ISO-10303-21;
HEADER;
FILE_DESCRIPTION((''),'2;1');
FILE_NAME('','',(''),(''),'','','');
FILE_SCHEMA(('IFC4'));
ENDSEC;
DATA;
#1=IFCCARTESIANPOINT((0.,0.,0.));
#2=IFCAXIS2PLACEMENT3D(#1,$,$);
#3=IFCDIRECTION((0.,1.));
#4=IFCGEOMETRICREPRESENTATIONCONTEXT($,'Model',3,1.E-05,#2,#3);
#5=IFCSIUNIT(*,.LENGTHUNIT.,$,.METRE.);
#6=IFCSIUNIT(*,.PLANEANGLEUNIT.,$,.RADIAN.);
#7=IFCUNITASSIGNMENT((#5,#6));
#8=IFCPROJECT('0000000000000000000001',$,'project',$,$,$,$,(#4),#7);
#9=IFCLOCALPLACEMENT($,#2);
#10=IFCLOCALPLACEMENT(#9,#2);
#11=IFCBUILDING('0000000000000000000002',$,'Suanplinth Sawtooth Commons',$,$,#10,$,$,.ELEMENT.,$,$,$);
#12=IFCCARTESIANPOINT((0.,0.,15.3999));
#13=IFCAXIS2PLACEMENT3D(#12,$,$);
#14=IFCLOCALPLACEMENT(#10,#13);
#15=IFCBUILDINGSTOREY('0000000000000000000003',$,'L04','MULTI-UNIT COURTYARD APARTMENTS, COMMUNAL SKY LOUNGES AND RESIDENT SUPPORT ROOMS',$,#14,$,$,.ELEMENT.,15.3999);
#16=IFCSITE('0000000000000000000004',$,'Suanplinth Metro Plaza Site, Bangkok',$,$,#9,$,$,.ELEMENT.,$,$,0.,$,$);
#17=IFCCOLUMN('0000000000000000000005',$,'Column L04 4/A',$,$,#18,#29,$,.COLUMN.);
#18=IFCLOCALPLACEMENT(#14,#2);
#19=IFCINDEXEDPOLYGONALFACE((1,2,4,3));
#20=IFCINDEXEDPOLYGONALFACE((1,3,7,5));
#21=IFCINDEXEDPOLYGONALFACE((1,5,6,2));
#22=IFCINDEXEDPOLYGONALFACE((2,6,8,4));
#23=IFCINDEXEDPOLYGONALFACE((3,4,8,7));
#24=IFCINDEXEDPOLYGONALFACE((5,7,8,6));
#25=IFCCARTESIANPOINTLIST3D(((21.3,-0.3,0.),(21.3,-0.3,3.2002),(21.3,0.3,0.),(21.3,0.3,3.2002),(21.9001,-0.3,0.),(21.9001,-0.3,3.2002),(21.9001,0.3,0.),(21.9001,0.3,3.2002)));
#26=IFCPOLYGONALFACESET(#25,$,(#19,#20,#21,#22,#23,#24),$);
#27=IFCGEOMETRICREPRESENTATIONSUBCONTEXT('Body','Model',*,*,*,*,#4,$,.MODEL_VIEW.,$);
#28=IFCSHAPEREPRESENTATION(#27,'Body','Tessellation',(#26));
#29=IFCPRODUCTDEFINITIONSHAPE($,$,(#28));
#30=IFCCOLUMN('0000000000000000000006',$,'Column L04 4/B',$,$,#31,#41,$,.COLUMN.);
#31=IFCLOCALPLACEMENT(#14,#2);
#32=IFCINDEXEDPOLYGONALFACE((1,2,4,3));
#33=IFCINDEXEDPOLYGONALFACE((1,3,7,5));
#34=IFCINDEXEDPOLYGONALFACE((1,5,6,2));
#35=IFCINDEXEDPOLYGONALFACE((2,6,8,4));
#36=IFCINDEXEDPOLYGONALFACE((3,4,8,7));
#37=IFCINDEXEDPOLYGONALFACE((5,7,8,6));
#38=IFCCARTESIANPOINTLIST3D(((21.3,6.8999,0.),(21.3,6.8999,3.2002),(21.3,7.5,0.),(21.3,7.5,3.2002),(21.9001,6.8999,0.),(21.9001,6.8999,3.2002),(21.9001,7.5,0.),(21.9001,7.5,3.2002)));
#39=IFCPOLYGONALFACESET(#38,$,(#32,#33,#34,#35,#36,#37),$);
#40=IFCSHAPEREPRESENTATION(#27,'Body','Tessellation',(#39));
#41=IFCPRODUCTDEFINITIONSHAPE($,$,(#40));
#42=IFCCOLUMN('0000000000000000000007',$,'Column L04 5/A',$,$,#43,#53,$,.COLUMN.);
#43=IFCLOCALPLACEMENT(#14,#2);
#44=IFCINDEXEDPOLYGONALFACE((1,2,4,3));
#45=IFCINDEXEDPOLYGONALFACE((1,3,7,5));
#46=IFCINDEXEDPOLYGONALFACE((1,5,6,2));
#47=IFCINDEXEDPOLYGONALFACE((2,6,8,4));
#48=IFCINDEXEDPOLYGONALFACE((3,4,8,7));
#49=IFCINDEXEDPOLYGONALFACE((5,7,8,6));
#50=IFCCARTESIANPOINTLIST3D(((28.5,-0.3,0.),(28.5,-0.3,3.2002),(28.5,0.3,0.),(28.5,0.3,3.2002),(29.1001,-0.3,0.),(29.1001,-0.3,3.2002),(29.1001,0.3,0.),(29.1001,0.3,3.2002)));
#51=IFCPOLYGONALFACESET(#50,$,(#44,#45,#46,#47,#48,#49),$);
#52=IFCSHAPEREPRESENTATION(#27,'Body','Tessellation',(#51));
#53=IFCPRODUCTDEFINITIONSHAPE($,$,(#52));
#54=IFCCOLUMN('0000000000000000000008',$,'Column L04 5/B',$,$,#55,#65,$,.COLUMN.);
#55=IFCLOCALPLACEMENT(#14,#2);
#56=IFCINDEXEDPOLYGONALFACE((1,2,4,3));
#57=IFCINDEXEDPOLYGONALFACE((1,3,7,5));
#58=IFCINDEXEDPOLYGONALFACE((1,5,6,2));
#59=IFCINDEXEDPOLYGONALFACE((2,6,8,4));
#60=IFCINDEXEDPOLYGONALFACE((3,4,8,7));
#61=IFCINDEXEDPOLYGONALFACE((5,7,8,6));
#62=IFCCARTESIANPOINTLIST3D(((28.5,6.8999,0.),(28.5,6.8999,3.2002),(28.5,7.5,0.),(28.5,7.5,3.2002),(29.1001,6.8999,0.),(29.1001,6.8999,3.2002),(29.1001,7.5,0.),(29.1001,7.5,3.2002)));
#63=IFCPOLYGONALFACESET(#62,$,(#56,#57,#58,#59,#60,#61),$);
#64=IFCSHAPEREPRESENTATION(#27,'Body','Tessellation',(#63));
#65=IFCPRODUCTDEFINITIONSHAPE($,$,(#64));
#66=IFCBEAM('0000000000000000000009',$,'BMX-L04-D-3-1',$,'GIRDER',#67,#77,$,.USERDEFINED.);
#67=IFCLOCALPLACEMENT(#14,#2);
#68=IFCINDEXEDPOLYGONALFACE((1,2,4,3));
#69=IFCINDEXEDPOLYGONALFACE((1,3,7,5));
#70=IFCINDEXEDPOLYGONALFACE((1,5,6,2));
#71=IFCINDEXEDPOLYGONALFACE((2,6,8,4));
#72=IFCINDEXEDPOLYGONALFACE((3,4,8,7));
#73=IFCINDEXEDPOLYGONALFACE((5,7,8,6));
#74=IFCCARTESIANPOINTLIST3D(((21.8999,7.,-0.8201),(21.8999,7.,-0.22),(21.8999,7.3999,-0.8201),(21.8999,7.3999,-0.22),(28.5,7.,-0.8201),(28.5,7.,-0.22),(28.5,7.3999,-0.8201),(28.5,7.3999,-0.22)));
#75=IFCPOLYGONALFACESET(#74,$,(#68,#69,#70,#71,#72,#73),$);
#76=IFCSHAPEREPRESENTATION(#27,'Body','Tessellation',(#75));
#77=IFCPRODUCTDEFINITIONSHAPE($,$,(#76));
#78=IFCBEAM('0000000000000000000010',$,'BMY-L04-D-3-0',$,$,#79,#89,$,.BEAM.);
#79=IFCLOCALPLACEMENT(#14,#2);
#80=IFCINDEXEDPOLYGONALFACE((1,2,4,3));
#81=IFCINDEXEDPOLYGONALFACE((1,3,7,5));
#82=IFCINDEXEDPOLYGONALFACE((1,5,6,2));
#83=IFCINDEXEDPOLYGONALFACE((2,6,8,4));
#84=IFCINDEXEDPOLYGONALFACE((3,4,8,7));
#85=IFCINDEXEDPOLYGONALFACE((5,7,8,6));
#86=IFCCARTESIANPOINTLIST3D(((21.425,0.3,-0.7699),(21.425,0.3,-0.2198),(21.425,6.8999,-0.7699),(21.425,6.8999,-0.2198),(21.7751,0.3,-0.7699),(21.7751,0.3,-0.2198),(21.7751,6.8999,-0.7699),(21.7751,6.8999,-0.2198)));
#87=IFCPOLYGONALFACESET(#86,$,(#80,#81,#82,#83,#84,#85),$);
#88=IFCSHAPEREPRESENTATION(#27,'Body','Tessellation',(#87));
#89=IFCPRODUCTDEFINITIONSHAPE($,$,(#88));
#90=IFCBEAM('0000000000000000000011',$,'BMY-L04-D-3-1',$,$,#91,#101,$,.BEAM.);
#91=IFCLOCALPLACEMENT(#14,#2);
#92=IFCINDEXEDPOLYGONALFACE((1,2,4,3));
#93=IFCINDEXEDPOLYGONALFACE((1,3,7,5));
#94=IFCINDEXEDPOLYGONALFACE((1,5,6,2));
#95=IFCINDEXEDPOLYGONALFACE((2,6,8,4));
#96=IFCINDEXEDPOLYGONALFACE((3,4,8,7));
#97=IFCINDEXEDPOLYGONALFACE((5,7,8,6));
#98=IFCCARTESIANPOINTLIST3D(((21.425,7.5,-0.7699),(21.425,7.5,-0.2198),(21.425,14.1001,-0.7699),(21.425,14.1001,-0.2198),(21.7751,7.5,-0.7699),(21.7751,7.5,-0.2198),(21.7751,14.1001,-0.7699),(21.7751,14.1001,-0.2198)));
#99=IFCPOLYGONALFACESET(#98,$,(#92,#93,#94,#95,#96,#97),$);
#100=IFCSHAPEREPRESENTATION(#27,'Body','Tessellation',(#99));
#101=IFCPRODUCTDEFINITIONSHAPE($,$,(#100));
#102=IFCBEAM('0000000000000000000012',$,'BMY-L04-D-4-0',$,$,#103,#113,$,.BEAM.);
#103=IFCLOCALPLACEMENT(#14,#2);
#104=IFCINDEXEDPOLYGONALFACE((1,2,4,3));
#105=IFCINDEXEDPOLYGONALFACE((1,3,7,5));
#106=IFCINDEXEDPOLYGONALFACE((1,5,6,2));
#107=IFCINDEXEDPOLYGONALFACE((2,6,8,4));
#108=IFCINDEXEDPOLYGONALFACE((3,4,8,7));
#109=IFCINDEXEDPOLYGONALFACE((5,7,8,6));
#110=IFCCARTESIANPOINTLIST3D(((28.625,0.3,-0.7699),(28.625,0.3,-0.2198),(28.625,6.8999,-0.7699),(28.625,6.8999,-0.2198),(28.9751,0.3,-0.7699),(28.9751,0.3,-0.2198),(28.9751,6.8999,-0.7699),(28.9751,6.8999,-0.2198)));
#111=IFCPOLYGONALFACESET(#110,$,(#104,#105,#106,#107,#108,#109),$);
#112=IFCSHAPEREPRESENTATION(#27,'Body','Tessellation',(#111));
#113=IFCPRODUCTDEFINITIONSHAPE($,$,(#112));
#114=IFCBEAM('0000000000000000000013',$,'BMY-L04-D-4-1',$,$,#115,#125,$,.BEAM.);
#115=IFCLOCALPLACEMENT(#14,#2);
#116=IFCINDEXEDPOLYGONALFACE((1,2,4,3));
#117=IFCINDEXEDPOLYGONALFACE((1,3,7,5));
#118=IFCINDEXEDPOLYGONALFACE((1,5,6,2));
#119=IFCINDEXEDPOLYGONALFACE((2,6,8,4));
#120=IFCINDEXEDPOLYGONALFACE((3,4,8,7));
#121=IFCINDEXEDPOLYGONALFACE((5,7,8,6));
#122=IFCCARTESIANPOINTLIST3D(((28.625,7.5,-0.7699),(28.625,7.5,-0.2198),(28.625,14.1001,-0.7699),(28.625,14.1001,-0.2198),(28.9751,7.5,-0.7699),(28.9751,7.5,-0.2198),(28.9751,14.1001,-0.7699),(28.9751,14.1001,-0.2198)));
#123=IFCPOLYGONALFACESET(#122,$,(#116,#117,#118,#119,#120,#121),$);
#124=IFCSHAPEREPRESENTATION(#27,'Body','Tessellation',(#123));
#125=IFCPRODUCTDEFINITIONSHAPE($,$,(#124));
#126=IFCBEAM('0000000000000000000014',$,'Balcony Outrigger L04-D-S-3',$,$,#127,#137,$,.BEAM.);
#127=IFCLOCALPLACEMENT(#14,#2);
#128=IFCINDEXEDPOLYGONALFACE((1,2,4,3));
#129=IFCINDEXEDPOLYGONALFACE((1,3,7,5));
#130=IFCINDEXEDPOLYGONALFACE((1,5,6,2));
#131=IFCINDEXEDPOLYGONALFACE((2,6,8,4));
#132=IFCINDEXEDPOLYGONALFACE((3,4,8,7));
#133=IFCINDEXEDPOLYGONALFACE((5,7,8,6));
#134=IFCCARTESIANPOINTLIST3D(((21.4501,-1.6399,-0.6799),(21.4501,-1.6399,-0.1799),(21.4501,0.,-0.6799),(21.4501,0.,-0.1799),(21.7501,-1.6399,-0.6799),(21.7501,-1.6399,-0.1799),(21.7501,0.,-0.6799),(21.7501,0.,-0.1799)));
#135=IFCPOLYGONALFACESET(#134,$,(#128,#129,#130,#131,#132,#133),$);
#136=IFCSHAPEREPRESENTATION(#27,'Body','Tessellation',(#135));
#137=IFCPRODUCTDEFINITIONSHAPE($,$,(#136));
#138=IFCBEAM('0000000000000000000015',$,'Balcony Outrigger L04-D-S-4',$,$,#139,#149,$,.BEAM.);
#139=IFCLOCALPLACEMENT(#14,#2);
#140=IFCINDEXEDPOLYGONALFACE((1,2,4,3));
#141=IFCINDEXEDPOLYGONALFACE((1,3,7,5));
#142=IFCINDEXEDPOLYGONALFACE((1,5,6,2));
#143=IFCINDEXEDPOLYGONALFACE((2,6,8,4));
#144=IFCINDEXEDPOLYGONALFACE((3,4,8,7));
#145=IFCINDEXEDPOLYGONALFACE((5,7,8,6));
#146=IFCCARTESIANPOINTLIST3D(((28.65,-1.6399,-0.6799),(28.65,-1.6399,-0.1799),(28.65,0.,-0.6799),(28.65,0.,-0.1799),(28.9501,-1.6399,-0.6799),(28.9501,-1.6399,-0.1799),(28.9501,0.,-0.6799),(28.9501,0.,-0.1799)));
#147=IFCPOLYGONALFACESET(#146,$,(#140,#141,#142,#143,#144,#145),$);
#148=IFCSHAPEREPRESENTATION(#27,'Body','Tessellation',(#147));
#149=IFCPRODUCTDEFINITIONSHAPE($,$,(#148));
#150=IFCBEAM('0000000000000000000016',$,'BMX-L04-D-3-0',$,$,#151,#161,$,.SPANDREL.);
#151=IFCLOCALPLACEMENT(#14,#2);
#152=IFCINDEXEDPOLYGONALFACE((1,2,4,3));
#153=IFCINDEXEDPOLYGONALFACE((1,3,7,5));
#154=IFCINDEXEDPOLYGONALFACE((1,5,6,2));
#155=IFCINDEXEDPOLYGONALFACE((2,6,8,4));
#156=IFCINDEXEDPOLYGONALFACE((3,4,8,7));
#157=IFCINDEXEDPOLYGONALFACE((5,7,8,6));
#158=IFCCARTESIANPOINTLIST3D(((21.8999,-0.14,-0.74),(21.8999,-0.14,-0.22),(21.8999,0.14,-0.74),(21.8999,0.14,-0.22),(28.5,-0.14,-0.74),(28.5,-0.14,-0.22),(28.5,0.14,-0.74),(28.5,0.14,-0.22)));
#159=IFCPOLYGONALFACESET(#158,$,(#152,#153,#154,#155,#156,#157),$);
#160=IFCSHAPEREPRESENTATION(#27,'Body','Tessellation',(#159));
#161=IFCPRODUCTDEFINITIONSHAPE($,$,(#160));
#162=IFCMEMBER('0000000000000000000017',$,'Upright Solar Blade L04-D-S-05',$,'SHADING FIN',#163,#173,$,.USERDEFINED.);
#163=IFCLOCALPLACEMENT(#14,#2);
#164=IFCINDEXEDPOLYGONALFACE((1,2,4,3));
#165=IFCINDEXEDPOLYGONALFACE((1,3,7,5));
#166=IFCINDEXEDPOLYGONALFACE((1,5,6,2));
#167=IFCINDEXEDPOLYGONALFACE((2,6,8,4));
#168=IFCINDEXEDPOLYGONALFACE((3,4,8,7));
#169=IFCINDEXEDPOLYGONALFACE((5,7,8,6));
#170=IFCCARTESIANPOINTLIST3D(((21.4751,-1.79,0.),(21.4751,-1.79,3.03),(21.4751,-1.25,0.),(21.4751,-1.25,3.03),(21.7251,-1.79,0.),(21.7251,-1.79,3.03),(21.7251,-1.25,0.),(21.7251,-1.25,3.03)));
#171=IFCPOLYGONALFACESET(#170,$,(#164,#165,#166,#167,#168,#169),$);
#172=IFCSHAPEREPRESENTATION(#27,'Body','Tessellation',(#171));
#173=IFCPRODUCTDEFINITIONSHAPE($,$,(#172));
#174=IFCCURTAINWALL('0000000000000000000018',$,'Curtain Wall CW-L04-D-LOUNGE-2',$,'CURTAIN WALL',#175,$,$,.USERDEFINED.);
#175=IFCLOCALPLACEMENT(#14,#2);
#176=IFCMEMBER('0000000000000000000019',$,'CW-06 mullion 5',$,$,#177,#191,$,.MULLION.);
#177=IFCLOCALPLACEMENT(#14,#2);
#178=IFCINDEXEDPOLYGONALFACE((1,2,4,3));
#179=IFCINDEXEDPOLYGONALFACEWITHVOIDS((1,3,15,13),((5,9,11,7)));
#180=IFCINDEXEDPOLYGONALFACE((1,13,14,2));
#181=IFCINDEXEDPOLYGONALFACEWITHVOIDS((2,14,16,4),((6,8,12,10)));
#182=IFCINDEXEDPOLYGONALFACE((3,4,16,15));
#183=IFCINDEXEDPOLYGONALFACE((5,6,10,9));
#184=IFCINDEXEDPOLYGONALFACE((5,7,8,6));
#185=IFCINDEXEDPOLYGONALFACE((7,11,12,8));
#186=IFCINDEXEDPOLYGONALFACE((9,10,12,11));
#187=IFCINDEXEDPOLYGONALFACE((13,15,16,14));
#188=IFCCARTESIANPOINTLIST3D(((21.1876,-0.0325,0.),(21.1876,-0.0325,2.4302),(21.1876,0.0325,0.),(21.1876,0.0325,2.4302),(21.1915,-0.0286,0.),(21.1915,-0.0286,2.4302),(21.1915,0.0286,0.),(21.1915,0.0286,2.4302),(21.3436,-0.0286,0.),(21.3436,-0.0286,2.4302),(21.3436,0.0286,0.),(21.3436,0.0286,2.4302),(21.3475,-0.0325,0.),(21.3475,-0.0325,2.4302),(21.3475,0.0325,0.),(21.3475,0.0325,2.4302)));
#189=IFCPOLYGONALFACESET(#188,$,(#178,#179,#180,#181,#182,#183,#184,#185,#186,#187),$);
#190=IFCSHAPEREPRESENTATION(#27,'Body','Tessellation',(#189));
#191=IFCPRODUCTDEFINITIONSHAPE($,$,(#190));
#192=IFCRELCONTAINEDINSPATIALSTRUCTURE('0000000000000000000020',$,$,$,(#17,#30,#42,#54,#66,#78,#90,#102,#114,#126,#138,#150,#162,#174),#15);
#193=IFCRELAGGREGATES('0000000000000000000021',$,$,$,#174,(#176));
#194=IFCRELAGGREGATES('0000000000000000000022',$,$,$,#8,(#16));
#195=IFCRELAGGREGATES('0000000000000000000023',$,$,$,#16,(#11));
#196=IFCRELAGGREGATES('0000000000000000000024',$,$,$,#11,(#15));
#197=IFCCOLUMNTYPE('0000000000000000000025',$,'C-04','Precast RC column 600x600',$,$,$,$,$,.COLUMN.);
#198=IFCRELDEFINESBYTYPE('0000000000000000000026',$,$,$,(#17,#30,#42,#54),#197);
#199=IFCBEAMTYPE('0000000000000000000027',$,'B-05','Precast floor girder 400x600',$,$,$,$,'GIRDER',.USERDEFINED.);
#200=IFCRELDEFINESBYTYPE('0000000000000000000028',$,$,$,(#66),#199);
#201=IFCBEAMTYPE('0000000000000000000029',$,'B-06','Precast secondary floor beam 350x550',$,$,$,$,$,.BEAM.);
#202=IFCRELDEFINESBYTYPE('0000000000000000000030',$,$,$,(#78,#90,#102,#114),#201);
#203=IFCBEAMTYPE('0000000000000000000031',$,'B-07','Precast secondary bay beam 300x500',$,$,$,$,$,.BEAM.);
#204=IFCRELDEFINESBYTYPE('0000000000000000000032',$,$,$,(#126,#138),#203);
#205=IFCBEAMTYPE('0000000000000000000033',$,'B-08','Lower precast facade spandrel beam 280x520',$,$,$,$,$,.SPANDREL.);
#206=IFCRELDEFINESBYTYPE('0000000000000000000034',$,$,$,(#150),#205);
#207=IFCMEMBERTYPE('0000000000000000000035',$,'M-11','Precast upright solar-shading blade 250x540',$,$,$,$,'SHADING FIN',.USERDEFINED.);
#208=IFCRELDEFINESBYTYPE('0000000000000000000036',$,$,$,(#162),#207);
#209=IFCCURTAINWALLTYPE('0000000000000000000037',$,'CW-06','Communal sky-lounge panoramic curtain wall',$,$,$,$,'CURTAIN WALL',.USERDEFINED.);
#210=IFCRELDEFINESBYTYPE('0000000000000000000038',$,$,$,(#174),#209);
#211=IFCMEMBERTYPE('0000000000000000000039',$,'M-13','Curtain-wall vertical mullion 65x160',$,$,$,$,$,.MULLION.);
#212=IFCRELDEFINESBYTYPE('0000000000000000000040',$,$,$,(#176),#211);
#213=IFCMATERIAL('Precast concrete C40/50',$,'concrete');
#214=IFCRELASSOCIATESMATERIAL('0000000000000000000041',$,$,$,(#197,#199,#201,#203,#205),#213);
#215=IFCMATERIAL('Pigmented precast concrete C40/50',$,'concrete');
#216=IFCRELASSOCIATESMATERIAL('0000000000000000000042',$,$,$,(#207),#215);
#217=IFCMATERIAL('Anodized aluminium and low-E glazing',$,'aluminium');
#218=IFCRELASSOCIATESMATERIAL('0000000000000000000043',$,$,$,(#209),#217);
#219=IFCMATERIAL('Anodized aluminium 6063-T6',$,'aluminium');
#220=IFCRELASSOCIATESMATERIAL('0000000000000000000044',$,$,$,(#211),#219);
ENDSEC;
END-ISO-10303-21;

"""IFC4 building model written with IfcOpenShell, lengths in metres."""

from ifc_helpers import new_model, si_unit, direction, frame, origin, origin_2d, place, context, subcontext, project, spatial, rectangle, hollow_rectangle, extrude, material, material_profile, profile_set, type_object, element, aggregate, save


model = new_model("IFC4")

# Units and contexts
model_context = context("Model", 3, precision=1e-05, world=origin(), true_north=direction((0.0, 1.0)))
body_context = subcontext(model_context, "Body", "Model", "MODEL_VIEW")
ifc_project = project(units=[si_unit("LENGTHUNIT", "METRE"), si_unit("PLANEANGLEUNIT", "RADIAN")], contexts=[model_context])

# Site, building, storey
site_placement = place(None, origin())
site = spatial("IfcSite", under=ifc_project, at=site_placement, Name="Suanplinth Metro Plaza Site, Bangkok", CompositionType="ELEMENT", RefElevation=0.0)
building_placement = place(site_placement, origin())
building = spatial("IfcBuilding", under=site, at=building_placement, Name="Suanplinth Sawtooth Commons", CompositionType="ELEMENT")
storey_placement = place(building_placement, frame((0.0, 0.0, 15.3999)))
storey = spatial("IfcBuildingStorey", under=building, at=storey_placement, Name="L04", Description="MULTI-UNIT COURTYARD APARTMENTS, COMMUNAL SKY LOUNGES AND RESIDENT SUPPORT ROOMS", CompositionType="ELEMENT", Elevation=15.3999)

# Columns
ifc_material_1 = material(Name="Precast concrete C40/50", Category="concrete")
ifc_material_profile_1 = material_profile(ifc_material_1, rectangle(XDim=0.6001, YDim=0.6001, at=origin_2d()), Name="PC-COL 600x600")
ifc_profile_set_1 = profile_set([ifc_material_profile_1], Name="Precast concrete C40/50")
column_type = type_object("IfcColumnType", Name="C-04", Description="Precast RC column 600x600", PredefinedType="COLUMN", material=ifc_profile_set_1)
for number, where, z_axis, x_axis, name in (
    (1, (21.6001, 0.0, 0.0), (0.0, 0.0, 1.0), (1.0, 0.0, 0.0), "Column L04 4/A"),
    (2, (21.6001, 7.2, 0.0), (0.0, 0.0, 1.0), (1.0, 0.0, 0.0), "Column L04 4/B"),
    (3, (28.8, 0.0, 0.0), (0.0, 0.0, 1.0), (1.0, 0.0, 0.0), "Column L04 5/A"),
    (4, (28.8, 7.2, 0.0), (0.0, 0.0, 1.0), (1.0, 0.0, 0.0), "Column L04 5/B"),
):
    element("IfcColumn", number, at=place(storey_placement, frame(where, z_axis=z_axis, x_axis=x_axis)), inside=storey, type_object=column_type, Name=name, PredefinedType="COLUMN", context=body_context, shape_type="SweptSolid", body=[
        extrude(rectangle(XDim=0.6001, YDim=0.6001, at=origin_2d()), origin(), (0.0, 0.0, 1.0), 3.2002),
    ])

# Beams
ifc_material_profile_2 = material_profile(ifc_material_1, rectangle(XDim=0.3999, YDim=0.6001, at=origin_2d()), Name="PC-GDR 400x600")
ifc_profile_set_2 = profile_set([ifc_material_profile_2], Name="Precast concrete C40/50")
beam_type_1 = type_object("IfcBeamType", Name="B-05", Description="Precast floor girder 400x600", ElementType="GIRDER", PredefinedType="USERDEFINED", material=ifc_profile_set_2)
beam_1_placement = place(storey_placement, frame((21.8999, 7.2, -0.52), z_axis=(1.0, 0.0, 0.0), x_axis=(0.0, 1.0, 0.0)))
element("IfcBeam", 5, at=beam_1_placement, inside=storey, type_object=beam_type_1, Name="BMX-L04-D-3-1", ObjectType="GIRDER", PredefinedType="USERDEFINED", context=body_context, shape_type="SweptSolid", body=[
    extrude(rectangle(XDim=0.3999, YDim=0.6001, at=origin_2d()), origin(), (0.0, 0.0, 1.0), 6.6001),
])
ifc_material_profile_3 = material_profile(ifc_material_1, rectangle(XDim=0.3501, YDim=0.55, at=origin_2d()), Name="PC-BM 350x550")
ifc_profile_set_3 = profile_set([ifc_material_profile_3], Name="Precast concrete C40/50")
beam_type_2 = type_object("IfcBeamType", Name="B-06", Description="Precast secondary floor beam 350x550", PredefinedType="BEAM", material=ifc_profile_set_3)
beam_2_placement = place(storey_placement, frame((21.6001, 0.3, -0.4949), z_axis=(0.0, 1.0, 0.0), x_axis=(-1.0, 0.0, 0.0)))
element("IfcBeam", 6, at=beam_2_placement, inside=storey, type_object=beam_type_2, Name="BMY-L04-D-3-0", PredefinedType="BEAM", context=body_context, shape_type="SweptSolid", body=[
    extrude(rectangle(XDim=0.3501, YDim=0.55, at=origin_2d()), origin(), (0.0, 0.0, 1.0), 6.5999),
])
beam_3_placement = place(storey_placement, frame((21.6001, 7.5, -0.4949), z_axis=(0.0, 1.0, 0.0), x_axis=(-1.0, 0.0, 0.0)))
element("IfcBeam", 7, at=beam_3_placement, inside=storey, type_object=beam_type_2, Name="BMY-L04-D-3-1", PredefinedType="BEAM", context=body_context, shape_type="SweptSolid", body=[
    extrude(rectangle(XDim=0.3501, YDim=0.55, at=origin_2d()), origin(), (0.0, 0.0, 1.0), 6.6001),
])
beam_4_placement = place(storey_placement, frame((28.8, 0.3, -0.4949), z_axis=(0.0, 1.0, 0.0), x_axis=(-1.0, 0.0, 0.0)))
element("IfcBeam", 8, at=beam_4_placement, inside=storey, type_object=beam_type_2, Name="BMY-L04-D-4-0", PredefinedType="BEAM", context=body_context, shape_type="SweptSolid", body=[
    extrude(rectangle(XDim=0.3501, YDim=0.55, at=origin_2d()), origin(), (0.0, 0.0, 1.0), 6.5999),
])
beam_5_placement = place(storey_placement, frame((28.8, 7.5, -0.4949), z_axis=(0.0, 1.0, 0.0), x_axis=(-1.0, 0.0, 0.0)))
element("IfcBeam", 9, at=beam_5_placement, inside=storey, type_object=beam_type_2, Name="BMY-L04-D-4-1", PredefinedType="BEAM", context=body_context, shape_type="SweptSolid", body=[
    extrude(rectangle(XDim=0.3501, YDim=0.55, at=origin_2d()), origin(), (0.0, 0.0, 1.0), 6.6001),
])
ifc_material_profile_4 = material_profile(ifc_material_1, rectangle(XDim=0.3, YDim=0.5, at=origin_2d()), Name="PC-BM 300x500")
ifc_profile_set_4 = profile_set([ifc_material_profile_4], Name="Precast concrete C40/50")
beam_type_3 = type_object("IfcBeamType", Name="B-07", Description="Precast secondary bay beam 300x500", PredefinedType="BEAM", material=ifc_profile_set_4)
for number, where, z_axis, x_axis, name in (
    (10, (21.6001, 0.0, -0.4299), (0.0, -1.0, 0.0), (1.0, 0.0, 0.0), "Balcony Outrigger L04-D-S-3"),
    (11, (28.8, 0.0, -0.4299), (0.0, -1.0, 0.0), (1.0, 0.0, 0.0), "Balcony Outrigger L04-D-S-4"),
):
    element("IfcBeam", number, at=place(storey_placement, frame(where, z_axis=z_axis, x_axis=x_axis)), inside=storey, type_object=beam_type_3, Name=name, PredefinedType="BEAM", context=body_context, shape_type="SweptSolid", body=[
        extrude(rectangle(XDim=0.3, YDim=0.5, at=origin_2d()), origin(), (0.0, 0.0, 1.0), 1.6399),
    ])
ifc_material_profile_5 = material_profile(ifc_material_1, rectangle(XDim=0.28, YDim=0.52, at=origin_2d()), Name="PC-SP 280x520")
ifc_profile_set_5 = profile_set([ifc_material_profile_5], Name="Precast concrete C40/50")
beam_type_4 = type_object("IfcBeamType", Name="B-08", Description="Lower precast facade spandrel beam 280x520", PredefinedType="SPANDREL", material=ifc_profile_set_5)
beam_6_placement = place(storey_placement, frame((21.8999, 0.0, -0.48), z_axis=(1.0, 0.0, 0.0), x_axis=(0.0, 1.0, 0.0)))
element("IfcBeam", 12, at=beam_6_placement, inside=storey, type_object=beam_type_4, Name="BMX-L04-D-3-0", PredefinedType="SPANDREL", context=body_context, shape_type="SweptSolid", body=[
    extrude(rectangle(XDim=0.28, YDim=0.52, at=origin_2d()), origin(), (0.0, 0.0, 1.0), 6.6001),
])

# Member
ifc_material_2 = material(Name="Pigmented precast concrete C40/50", Category="concrete")
ifc_material_profile_6 = material_profile(ifc_material_2, rectangle(XDim=0.25, YDim=0.54, at=origin_2d()), Name="PC-FIN 250x540")
ifc_profile_set_6 = profile_set([ifc_material_profile_6], Name="Pigmented precast concrete C40/50")
member_type_1 = type_object("IfcMemberType", Name="M-11", Description="Precast upright solar-shading blade 250x540", ElementType="SHADING FIN", PredefinedType="USERDEFINED", material=ifc_profile_set_6)
member_1_placement = place(storey_placement, frame((21.6001, -1.52, 0.0), z_axis=(0.0, 0.0, 1.0), x_axis=(1.0, 0.0, 0.0)))
element("IfcMember", 13, at=member_1_placement, inside=storey, type_object=member_type_1, Name="Upright Solar Blade L04-D-S-05", ObjectType="SHADING FIN", PredefinedType="USERDEFINED", context=body_context, shape_type="SweptSolid", body=[
    extrude(rectangle(XDim=0.25, YDim=0.54, at=origin_2d()), origin(), (0.0, 0.0, 1.0), 3.03),
])

# Curtain wall, member
ifc_material_3 = material(Name="Anodized aluminium and low-E glazing", Category="aluminium")
curtain_wall_type = type_object("IfcCurtainWallType", Name="CW-06", Description="Communal sky-lounge panoramic curtain wall", ElementType="CURTAIN WALL", PredefinedType="USERDEFINED", material=ifc_material_3)
curtain_wall_placement = place(storey_placement, origin())
curtain_wall = element("IfcCurtainWall", 14, at=curtain_wall_placement, inside=storey, type_object=curtain_wall_type, Name="Curtain Wall CW-L04-D-LOUNGE-2", ObjectType="CURTAIN WALL", PredefinedType="USERDEFINED")
ifc_material_4 = material(Name="Anodized aluminium 6063-T6", Category="aluminium")
ifc_material_profile_7 = material_profile(ifc_material_4, hollow_rectangle(XDim=0.0649, YDim=0.1599, WallThickness=0.0039, at=origin_2d()), Name="ALU-MUL 65x160")
ifc_profile_set_7 = profile_set([ifc_material_profile_7], Name="Anodized aluminium 6063-T6")
member_type_2 = type_object("IfcMemberType", Name="M-13", Description="Curtain-wall vertical mullion 65x160", PredefinedType="MULLION", material=ifc_profile_set_7)
member_2_placement = place(storey_placement, frame((21.2676, 0.0, 0.0), z_axis=(0.0, 0.0, 1.0), x_axis=(0.0, 1.0, 0.0)))
member_2 = element("IfcMember", 15, at=member_2_placement, type_object=member_type_2, Name="CW-06 mullion 5", PredefinedType="MULLION", context=body_context, shape_type="SweptSolid", body=[
    extrude(hollow_rectangle(XDim=0.0649, YDim=0.1599, WallThickness=0.0039, at=origin_2d()), origin(), (0.0, 0.0, 1.0), 2.4302),
])
aggregate(curtain_wall, [member_2])

save(model, "model.ifc")
